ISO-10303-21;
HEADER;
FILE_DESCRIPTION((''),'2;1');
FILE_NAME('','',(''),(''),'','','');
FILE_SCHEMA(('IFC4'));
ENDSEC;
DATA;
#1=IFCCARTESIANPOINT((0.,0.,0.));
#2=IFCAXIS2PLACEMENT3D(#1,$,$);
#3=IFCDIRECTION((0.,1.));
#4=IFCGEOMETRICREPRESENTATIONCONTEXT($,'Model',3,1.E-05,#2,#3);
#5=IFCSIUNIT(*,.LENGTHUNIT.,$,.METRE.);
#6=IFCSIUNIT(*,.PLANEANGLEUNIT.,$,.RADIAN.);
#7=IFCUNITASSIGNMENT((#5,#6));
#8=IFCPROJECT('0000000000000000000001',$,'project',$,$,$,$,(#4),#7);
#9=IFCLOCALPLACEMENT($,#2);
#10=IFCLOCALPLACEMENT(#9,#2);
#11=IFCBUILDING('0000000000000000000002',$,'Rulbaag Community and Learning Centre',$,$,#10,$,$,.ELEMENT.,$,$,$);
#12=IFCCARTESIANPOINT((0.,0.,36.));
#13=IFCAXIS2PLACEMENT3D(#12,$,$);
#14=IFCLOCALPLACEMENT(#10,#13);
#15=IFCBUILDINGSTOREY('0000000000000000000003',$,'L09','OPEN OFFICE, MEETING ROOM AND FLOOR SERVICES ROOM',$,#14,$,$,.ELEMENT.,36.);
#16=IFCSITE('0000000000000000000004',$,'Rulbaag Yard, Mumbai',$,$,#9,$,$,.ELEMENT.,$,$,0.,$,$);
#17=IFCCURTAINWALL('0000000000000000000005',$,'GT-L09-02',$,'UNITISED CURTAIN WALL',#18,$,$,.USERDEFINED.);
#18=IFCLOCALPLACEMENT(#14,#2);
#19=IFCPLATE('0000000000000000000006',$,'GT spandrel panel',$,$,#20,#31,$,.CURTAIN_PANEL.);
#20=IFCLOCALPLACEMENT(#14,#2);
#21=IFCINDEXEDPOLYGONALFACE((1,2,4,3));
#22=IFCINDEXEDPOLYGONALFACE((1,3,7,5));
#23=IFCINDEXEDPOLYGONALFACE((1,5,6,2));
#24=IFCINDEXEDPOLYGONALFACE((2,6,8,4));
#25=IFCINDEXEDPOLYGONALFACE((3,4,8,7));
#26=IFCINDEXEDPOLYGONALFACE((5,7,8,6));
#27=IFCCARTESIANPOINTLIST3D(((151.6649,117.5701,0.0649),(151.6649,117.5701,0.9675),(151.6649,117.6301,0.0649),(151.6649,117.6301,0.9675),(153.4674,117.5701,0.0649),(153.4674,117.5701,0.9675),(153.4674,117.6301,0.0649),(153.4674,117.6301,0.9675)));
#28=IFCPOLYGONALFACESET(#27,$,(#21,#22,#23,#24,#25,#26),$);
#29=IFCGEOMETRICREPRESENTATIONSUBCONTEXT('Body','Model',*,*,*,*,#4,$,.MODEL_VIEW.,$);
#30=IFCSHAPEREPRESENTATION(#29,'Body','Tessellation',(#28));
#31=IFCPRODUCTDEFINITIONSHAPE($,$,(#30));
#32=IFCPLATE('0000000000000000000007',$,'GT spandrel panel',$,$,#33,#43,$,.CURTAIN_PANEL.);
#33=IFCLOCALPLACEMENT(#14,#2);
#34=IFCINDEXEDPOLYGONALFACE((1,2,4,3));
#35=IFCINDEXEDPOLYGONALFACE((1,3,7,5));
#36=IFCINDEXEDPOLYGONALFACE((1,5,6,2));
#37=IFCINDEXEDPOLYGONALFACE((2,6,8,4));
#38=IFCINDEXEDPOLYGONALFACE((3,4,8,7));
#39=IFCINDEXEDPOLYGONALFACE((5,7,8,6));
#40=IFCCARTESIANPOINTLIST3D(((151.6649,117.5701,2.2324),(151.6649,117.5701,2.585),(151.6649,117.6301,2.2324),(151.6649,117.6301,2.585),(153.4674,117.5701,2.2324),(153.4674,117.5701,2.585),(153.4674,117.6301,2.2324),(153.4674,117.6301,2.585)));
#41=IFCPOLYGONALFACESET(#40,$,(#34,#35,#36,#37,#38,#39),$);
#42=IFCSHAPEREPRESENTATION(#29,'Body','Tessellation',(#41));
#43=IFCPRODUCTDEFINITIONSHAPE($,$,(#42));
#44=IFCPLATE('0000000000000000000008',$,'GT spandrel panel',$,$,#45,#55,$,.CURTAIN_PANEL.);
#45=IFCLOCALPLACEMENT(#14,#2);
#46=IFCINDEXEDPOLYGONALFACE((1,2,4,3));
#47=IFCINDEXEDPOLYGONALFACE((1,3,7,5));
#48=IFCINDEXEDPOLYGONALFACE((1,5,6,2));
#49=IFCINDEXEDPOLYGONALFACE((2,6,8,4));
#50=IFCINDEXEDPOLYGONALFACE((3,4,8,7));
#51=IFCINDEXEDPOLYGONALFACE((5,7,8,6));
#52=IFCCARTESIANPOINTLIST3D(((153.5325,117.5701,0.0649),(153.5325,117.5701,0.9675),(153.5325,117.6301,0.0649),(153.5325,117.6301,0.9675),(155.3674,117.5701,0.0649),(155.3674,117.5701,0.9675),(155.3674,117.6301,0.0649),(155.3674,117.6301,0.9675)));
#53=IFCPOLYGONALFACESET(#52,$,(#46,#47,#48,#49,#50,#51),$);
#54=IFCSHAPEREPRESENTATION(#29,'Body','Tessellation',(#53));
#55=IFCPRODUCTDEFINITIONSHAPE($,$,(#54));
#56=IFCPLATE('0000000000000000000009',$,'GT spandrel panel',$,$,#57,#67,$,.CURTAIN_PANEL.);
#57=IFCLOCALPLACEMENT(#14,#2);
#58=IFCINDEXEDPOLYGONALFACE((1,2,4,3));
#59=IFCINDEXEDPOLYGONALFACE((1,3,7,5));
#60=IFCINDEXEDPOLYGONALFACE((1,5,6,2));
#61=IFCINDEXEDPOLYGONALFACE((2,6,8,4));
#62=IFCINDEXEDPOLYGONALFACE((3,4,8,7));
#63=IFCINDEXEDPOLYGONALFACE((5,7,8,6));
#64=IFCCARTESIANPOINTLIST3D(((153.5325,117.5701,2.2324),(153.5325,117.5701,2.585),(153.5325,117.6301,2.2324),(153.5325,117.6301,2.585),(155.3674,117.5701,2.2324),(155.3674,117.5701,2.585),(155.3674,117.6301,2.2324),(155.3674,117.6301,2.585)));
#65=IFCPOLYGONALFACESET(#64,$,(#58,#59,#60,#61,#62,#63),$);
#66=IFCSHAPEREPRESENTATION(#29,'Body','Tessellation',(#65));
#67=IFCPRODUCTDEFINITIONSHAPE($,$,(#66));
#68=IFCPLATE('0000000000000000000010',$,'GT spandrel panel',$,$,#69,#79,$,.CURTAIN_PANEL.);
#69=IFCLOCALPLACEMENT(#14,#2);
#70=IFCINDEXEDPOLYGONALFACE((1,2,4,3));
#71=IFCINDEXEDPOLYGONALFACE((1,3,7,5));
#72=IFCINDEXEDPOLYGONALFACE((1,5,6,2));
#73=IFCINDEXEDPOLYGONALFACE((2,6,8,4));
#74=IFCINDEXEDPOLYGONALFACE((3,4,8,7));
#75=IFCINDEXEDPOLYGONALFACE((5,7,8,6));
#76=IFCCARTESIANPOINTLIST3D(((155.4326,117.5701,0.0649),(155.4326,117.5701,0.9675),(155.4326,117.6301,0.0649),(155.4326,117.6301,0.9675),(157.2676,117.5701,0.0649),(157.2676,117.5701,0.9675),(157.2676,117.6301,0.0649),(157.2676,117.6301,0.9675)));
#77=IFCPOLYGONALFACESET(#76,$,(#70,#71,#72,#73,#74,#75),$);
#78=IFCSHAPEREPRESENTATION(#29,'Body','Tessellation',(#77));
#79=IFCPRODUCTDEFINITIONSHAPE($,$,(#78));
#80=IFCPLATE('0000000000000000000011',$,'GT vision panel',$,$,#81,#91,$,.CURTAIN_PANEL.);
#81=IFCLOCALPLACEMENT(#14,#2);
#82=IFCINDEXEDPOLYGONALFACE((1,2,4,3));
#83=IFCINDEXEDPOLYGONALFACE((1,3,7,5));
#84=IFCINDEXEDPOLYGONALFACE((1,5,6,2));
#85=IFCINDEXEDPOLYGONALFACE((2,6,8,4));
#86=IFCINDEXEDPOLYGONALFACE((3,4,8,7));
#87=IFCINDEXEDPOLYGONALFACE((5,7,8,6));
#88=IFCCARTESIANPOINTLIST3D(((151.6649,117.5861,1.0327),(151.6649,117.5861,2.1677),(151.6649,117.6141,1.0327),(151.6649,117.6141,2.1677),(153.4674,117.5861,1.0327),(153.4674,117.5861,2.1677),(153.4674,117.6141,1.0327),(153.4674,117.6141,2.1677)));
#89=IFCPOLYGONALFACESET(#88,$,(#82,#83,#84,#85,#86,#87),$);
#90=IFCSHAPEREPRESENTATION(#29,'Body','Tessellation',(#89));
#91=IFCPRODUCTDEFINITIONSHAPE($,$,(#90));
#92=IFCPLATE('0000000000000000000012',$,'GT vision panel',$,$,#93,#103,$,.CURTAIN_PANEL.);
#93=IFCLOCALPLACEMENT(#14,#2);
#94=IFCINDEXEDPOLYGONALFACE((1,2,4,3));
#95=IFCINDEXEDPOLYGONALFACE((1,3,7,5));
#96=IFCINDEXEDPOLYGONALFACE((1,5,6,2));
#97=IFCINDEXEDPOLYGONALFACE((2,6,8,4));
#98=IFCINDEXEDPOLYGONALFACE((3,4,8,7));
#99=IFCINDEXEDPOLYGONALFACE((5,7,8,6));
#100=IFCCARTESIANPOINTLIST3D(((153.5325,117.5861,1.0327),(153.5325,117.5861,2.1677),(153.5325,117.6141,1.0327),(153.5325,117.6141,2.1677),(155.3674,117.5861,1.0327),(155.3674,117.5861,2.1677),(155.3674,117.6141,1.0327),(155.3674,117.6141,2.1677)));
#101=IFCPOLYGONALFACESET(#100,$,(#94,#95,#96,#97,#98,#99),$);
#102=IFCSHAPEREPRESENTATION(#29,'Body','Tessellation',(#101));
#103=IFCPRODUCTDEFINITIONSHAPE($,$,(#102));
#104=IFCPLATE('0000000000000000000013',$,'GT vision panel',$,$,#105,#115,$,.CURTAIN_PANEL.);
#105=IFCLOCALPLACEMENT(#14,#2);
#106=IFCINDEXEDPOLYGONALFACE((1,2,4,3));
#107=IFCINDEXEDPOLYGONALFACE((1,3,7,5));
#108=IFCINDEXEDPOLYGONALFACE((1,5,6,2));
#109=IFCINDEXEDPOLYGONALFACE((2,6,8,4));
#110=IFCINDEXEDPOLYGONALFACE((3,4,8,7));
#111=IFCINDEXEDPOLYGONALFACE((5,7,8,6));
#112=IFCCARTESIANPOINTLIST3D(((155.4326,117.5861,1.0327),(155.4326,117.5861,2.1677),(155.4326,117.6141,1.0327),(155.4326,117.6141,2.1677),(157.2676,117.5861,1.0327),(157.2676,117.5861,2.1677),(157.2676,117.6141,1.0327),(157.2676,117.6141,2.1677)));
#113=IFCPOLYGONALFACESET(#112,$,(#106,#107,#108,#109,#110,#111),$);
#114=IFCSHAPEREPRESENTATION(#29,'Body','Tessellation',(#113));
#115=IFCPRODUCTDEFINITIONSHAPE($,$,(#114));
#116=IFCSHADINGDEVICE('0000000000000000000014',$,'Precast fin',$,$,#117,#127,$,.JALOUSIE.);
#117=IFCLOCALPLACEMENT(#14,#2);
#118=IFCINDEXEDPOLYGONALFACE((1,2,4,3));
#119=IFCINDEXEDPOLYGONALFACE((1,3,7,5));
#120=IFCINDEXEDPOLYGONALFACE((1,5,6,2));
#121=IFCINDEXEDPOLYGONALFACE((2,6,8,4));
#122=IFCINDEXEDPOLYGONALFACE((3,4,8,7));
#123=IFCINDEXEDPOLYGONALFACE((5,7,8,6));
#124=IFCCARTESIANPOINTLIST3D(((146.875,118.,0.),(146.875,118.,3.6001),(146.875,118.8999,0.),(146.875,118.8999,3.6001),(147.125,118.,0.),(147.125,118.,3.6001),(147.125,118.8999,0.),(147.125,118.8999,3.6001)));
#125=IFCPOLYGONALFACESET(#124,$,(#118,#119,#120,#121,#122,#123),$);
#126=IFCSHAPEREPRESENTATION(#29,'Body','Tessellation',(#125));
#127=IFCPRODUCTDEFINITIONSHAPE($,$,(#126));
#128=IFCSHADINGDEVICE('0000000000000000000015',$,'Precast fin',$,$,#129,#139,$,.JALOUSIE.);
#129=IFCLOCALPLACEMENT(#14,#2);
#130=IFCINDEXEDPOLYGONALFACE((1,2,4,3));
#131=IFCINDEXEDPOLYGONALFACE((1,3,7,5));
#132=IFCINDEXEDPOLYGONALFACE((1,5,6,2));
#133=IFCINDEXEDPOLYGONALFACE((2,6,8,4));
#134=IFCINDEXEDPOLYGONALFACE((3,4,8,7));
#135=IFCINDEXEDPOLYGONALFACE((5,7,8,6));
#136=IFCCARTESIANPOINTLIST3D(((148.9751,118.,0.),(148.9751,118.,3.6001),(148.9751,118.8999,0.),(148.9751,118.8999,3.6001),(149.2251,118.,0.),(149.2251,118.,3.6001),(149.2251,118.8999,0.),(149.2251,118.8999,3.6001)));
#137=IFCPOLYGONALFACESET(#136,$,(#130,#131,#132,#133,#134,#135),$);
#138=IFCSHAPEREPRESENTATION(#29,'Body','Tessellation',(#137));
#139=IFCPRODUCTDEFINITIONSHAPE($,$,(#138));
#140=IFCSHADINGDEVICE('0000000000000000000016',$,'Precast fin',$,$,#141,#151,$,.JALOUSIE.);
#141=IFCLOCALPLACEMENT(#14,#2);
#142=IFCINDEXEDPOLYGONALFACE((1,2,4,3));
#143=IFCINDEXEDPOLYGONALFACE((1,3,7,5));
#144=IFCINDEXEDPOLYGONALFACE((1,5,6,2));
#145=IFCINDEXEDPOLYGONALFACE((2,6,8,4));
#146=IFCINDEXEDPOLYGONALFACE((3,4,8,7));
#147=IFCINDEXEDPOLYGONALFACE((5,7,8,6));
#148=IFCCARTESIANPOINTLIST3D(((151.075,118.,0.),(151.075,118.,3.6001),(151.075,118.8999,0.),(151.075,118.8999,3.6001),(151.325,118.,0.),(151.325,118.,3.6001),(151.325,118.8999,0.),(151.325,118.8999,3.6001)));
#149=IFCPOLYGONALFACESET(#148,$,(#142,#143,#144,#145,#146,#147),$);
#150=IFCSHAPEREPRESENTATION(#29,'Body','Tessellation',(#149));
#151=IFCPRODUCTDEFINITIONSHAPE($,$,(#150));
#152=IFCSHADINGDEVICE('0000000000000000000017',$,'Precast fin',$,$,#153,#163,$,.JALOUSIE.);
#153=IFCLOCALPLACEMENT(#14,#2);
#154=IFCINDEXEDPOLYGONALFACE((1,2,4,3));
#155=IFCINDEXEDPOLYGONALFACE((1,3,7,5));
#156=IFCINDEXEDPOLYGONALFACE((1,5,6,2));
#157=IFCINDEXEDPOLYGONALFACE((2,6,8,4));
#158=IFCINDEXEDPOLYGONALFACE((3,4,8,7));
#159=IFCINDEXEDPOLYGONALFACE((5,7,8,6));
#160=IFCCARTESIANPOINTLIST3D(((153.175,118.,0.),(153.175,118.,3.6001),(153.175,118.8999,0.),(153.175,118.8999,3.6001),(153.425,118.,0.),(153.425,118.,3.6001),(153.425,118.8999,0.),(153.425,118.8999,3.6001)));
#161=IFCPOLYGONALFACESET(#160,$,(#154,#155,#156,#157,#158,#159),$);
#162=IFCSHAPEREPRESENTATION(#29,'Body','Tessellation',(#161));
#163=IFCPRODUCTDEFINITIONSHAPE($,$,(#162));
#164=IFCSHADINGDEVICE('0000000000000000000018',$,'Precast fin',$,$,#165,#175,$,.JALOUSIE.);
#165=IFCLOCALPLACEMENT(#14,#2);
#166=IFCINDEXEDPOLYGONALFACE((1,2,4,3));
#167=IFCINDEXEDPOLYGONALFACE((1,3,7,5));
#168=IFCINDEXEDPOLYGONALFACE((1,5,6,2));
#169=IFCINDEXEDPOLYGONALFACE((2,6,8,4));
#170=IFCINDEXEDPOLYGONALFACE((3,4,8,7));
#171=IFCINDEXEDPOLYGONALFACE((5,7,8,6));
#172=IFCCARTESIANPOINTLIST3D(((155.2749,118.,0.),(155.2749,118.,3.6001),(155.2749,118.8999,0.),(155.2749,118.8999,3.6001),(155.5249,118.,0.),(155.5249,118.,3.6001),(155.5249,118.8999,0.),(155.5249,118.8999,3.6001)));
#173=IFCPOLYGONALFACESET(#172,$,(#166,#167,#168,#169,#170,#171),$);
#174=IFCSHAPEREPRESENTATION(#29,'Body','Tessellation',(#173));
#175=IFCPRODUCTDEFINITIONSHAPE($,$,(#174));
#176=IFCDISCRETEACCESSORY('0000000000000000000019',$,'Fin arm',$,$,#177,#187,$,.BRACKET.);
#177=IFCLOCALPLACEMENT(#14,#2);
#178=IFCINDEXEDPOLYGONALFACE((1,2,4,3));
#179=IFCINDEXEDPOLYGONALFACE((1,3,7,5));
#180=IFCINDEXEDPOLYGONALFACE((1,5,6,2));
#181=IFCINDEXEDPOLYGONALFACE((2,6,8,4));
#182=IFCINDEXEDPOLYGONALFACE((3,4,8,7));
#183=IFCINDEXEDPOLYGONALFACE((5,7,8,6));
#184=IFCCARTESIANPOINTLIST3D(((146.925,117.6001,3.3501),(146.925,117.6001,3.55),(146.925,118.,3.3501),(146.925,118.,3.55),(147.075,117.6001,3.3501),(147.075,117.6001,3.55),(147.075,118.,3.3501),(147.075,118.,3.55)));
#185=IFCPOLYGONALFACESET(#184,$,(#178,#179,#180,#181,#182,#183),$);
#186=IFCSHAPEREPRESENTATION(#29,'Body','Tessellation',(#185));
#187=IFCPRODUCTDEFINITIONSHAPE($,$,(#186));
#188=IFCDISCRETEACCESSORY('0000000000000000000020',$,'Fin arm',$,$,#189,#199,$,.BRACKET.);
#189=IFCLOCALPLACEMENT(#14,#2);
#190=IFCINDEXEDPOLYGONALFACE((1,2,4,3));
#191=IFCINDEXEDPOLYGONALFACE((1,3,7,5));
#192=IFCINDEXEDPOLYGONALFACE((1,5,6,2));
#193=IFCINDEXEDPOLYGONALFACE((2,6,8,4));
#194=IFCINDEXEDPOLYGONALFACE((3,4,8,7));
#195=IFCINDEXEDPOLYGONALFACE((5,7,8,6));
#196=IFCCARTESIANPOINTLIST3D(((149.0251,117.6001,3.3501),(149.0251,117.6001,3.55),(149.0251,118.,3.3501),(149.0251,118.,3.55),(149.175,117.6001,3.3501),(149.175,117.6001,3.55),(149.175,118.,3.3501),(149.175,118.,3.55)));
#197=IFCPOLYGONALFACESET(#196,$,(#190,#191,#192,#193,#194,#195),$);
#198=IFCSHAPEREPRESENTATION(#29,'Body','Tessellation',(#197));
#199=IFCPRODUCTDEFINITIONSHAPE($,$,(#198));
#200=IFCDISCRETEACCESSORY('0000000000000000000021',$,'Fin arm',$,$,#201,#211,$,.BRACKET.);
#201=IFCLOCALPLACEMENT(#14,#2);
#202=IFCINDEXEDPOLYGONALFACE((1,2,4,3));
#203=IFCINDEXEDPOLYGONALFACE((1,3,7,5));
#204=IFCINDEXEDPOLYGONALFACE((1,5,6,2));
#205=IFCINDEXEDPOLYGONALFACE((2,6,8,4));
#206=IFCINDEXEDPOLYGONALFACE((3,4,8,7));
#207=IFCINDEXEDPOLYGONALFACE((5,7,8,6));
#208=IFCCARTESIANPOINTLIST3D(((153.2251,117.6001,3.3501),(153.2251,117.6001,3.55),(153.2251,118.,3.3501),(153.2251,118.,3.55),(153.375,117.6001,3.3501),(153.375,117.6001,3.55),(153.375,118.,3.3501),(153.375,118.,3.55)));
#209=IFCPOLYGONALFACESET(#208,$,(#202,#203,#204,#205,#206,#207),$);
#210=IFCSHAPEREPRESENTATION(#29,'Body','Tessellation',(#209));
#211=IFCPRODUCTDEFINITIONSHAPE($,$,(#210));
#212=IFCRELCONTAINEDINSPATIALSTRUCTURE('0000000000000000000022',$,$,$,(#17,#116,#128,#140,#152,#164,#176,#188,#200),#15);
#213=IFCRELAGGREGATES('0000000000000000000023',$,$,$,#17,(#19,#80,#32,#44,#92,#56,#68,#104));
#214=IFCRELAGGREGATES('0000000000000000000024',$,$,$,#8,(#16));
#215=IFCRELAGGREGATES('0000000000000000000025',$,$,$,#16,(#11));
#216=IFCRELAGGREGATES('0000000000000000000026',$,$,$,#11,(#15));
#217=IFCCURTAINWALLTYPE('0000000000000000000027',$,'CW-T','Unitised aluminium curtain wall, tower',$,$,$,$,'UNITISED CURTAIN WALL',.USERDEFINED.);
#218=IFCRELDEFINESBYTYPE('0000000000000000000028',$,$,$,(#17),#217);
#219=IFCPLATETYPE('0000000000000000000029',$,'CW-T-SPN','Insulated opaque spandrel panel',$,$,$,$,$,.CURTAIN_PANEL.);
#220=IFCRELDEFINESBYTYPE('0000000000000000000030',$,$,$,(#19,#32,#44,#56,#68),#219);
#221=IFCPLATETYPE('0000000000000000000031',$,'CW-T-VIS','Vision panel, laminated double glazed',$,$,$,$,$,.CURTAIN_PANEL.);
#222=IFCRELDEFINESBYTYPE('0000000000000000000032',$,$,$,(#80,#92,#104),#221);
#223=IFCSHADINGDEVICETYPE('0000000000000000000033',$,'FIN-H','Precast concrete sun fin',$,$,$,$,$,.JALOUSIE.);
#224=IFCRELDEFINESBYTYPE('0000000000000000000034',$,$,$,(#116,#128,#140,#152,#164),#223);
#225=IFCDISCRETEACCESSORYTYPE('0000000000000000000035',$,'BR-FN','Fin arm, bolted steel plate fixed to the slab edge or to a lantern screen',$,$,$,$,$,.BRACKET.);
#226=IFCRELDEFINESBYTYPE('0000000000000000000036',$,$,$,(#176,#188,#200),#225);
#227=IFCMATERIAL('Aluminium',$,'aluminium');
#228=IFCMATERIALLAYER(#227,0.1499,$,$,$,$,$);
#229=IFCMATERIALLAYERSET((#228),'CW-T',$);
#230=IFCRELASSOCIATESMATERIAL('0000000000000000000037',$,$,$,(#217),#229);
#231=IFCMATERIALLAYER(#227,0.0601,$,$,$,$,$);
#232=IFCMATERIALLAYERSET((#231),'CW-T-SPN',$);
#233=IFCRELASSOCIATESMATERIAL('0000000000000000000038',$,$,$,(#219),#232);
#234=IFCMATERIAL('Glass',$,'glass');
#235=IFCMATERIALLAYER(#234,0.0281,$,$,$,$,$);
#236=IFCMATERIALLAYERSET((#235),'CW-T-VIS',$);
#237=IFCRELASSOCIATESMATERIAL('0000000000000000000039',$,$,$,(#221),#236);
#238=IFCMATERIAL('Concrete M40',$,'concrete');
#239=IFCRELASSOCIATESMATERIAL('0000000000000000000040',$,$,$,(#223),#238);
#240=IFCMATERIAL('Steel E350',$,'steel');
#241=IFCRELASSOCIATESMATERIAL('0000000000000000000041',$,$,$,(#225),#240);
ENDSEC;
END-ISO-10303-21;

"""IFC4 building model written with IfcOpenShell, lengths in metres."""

from ifc_helpers import new_model, si_unit, direction, frame, origin, origin_2d, place, context, subcontext, project, spatial, rectangle, extrude, material, layer, layer_set, material_profile, profile_set, type_object, element, aggregate, save


model = new_model("IFC4")

# Units and contexts
model_context = context("Model", 3, precision=1e-05, world=origin(), true_north=direction((0.0, 1.0)))
body_context = subcontext(model_context, "Body", "Model", "MODEL_VIEW")
ifc_project = project(units=[si_unit("LENGTHUNIT", "METRE"), si_unit("PLANEANGLEUNIT", "RADIAN")], contexts=[model_context])

# Site, building, storey
site_placement = place(None, origin())
site = spatial("IfcSite", under=ifc_project, at=site_placement, Name="Rulbaag Yard, Mumbai", CompositionType="ELEMENT", RefElevation=0.0)
building_placement = place(site_placement, origin())
building = spatial("IfcBuilding", under=site, at=building_placement, Name="Rulbaag Community and Learning Centre", CompositionType="ELEMENT")
storey_placement = place(building_placement, frame((0.0, 0.0, 36.0)))
storey = spatial("IfcBuildingStorey", under=building, at=storey_placement, Name="L09", Description="OPEN OFFICE, MEETING ROOM AND FLOOR SERVICES ROOM", CompositionType="ELEMENT", Elevation=36.0)

# Curtain wall, plates
ifc_material_1 = material(Name="Aluminium", Category="aluminium")
ifc_layer_1 = layer(ifc_material_1, 0.1499)
ifc_layer_set_1 = layer_set([ifc_layer_1], Name="CW-T")
curtain_wall_type = type_object("IfcCurtainWallType", Name="CW-T", Description="Unitised aluminium curtain wall, tower", ElementType="UNITISED CURTAIN WALL", PredefinedType="USERDEFINED", material=ifc_layer_set_1)
curtain_wall_placement = place(storey_placement, origin())
curtain_wall = element("IfcCurtainWall", 1, at=curtain_wall_placement, inside=storey, type_object=curtain_wall_type, Name="GT-L09-02", ObjectType="UNITISED CURTAIN WALL", PredefinedType="USERDEFINED")
ifc_layer_2 = layer(ifc_material_1, 0.0601)
ifc_layer_set_2 = layer_set([ifc_layer_2], Name="CW-T-SPN")
plate_type_1 = type_object("IfcPlateType", Name="CW-T-SPN", Description="Insulated opaque spandrel panel", PredefinedType="CURTAIN_PANEL", material=ifc_layer_set_2)
plate_1_placement = place(storey_placement, frame((152.5662, 117.6001, 0.0649), z_axis=(0.0, 0.0, 1.0), x_axis=(1.0, 0.0, 0.0)))
plate_1 = element("IfcPlate", 2, at=plate_1_placement, type_object=plate_type_1, Name="GT spandrel panel", PredefinedType="CURTAIN_PANEL", context=body_context, shape_type="SweptSolid", body=[
    extrude(rectangle(XDim=1.8025, YDim=0.0601, at=origin_2d()), origin(), (0.0, 0.0, 1.0), 0.9026),
])
plate_2_placement = place(storey_placement, frame((152.5662, 117.6001, 2.2324), z_axis=(0.0, 0.0, 1.0), x_axis=(1.0, 0.0, 0.0)))
plate_2 = element("IfcPlate", 3, at=plate_2_placement, type_object=plate_type_1, Name="GT spandrel panel", PredefinedType="CURTAIN_PANEL", context=body_context, shape_type="SweptSolid", body=[
    extrude(rectangle(XDim=1.8025, YDim=0.0601, at=origin_2d()), origin(), (0.0, 0.0, 1.0), 0.3525),
])
plate_3_placement = place(storey_placement, frame((154.45, 117.6001, 0.0649), z_axis=(0.0, 0.0, 1.0), x_axis=(1.0, 0.0, 0.0)))
plate_3 = element("IfcPlate", 4, at=plate_3_placement, type_object=plate_type_1, Name="GT spandrel panel", PredefinedType="CURTAIN_PANEL", context=body_context, shape_type="SweptSolid", body=[
    extrude(rectangle(XDim=1.835, YDim=0.0601, at=origin_2d()), origin(), (0.0, 0.0, 1.0), 0.9026),
])
plate_4_placement = place(storey_placement, frame((154.45, 117.6001, 2.2324), z_axis=(0.0, 0.0, 1.0), x_axis=(1.0, 0.0, 0.0)))
plate_4 = element("IfcPlate", 5, at=plate_4_placement, type_object=plate_type_1, Name="GT spandrel panel", PredefinedType="CURTAIN_PANEL", context=body_context, shape_type="SweptSolid", body=[
    extrude(rectangle(XDim=1.835, YDim=0.0601, at=origin_2d()), origin(), (0.0, 0.0, 1.0), 0.3525),
])
plate_5_placement = place(storey_placement, frame((156.3501, 117.6001, 0.0649), z_axis=(0.0, 0.0, 1.0), x_axis=(1.0, 0.0, 0.0)))
plate_5 = element("IfcPlate", 6, at=plate_5_placement, type_object=plate_type_1, Name="GT spandrel panel", PredefinedType="CURTAIN_PANEL", context=body_context, shape_type="SweptSolid", body=[
    extrude(rectangle(XDim=1.835, YDim=0.0601, at=origin_2d()), origin(), (0.0, 0.0, 1.0), 0.9026),
])
ifc_material_2 = material(Name="Glass", Category="glass")
ifc_layer_3 = layer(ifc_material_2, 0.0281)
ifc_layer_set_3 = layer_set([ifc_layer_3], Name="CW-T-VIS")
plate_type_2 = type_object("IfcPlateType", Name="CW-T-VIS", Description="Vision panel, laminated double glazed", PredefinedType="CURTAIN_PANEL", material=ifc_layer_set_3)
plate_6_placement = place(storey_placement, frame((152.5662, 117.6001, 1.0327), z_axis=(0.0, 0.0, 1.0), x_axis=(1.0, 0.0, 0.0)))
plate_6 = element("IfcPlate", 7, at=plate_6_placement, type_object=plate_type_2, Name="GT vision panel", PredefinedType="CURTAIN_PANEL", context=body_context, shape_type="SweptSolid", body=[
    extrude(rectangle(XDim=1.8025, YDim=0.0281, at=origin_2d()), origin(), (0.0, 0.0, 1.0), 1.135),
])
plate_7_placement = place(storey_placement, frame((154.45, 117.6001, 1.0327), z_axis=(0.0, 0.0, 1.0), x_axis=(1.0, 0.0, 0.0)))
plate_7 = element("IfcPlate", 8, at=plate_7_placement, type_object=plate_type_2, Name="GT vision panel", PredefinedType="CURTAIN_PANEL", context=body_context, shape_type="SweptSolid", body=[
    extrude(rectangle(XDim=1.835, YDim=0.0281, at=origin_2d()), origin(), (0.0, 0.0, 1.0), 1.135),
])
plate_8_placement = place(storey_placement, frame((156.3501, 117.6001, 1.0327), z_axis=(0.0, 0.0, 1.0), x_axis=(1.0, 0.0, 0.0)))
plate_8 = element("IfcPlate", 9, at=plate_8_placement, type_object=plate_type_2, Name="GT vision panel", PredefinedType="CURTAIN_PANEL", context=body_context, shape_type="SweptSolid", body=[
    extrude(rectangle(XDim=1.835, YDim=0.0281, at=origin_2d()), origin(), (0.0, 0.0, 1.0), 1.135),
])
aggregate(curtain_wall, [plate_1, plate_6, plate_2, plate_3, plate_7, plate_4, plate_5, plate_8])

# Shading devices
ifc_material_3 = material(Name="Concrete M40", Category="concrete")
ifc_material_profile_1 = material_profile(ifc_material_3, rectangle(XDim=0.25, YDim=0.8999, at=origin_2d()), Name="PC 250x900")
ifc_profile_set_1 = profile_set([ifc_material_profile_1], Name="Concrete M40")
shading_device_type = type_object("IfcShadingDeviceType", Name="FIN-H", Description="Precast concrete sun fin", PredefinedType="JALOUSIE", material=ifc_profile_set_1)
for number, where, z_axis, x_axis, name in (
    (10, (147.0, 118.45, 0.0), (0.0, 0.0, 1.0), (1.0, 0.0, 0.0), "Precast fin"),
    (11, (149.1001, 118.45, 0.0), (0.0, 0.0, 1.0), (1.0, 0.0, 0.0), "Precast fin"),
    (12, (151.2, 118.45, 0.0), (0.0, 0.0, 1.0), (1.0, 0.0, 0.0), "Precast fin"),
    (13, (153.3, 118.45, 0.0), (0.0, 0.0, 1.0), (1.0, 0.0, 0.0), "Precast fin"),
    (14, (155.3999, 118.45, 0.0), (0.0, 0.0, 1.0), (1.0, 0.0, 0.0), "Precast fin"),
):
    element("IfcShadingDevice", number, at=place(storey_placement, frame(where, z_axis=z_axis, x_axis=x_axis)), inside=storey, type_object=shading_device_type, Name=name, PredefinedType="JALOUSIE", context=body_context, shape_type="SweptSolid", body=[
        extrude(rectangle(XDim=0.25, YDim=0.8999, at=origin_2d()), origin(), (0.0, 0.0, 1.0), 3.6001),
    ])

# Discrete accessories
ifc_material_4 = material(Name="Steel E350", Category="steel")
discrete_accessory_type = type_object("IfcDiscreteAccessoryType", Name="BR-FN", Description="Fin arm, bolted steel plate fixed to the slab edge or to a lantern screen", PredefinedType="BRACKET", material=ifc_material_4)
for number, where, z_axis, x_axis, name in (
    (15, (147.0, 117.8, 3.3501), (0.0, 0.0, 1.0), (1.0, 0.0, 0.0), "Fin arm"),
    (16, (149.1001, 117.8, 3.3501), (0.0, 0.0, 1.0), (1.0, 0.0, 0.0), "Fin arm"),
    (17, (153.3, 117.8, 3.3501), (0.0, 0.0, 1.0), (1.0, 0.0, 0.0), "Fin arm"),
):
    element("IfcDiscreteAccessory", number, at=place(storey_placement, frame(where, z_axis=z_axis, x_axis=x_axis)), inside=storey, type_object=discrete_accessory_type, Name=name, PredefinedType="BRACKET", context=body_context, shape_type="SweptSolid", body=[
        extrude(rectangle(XDim=0.1499, YDim=0.3999, at=origin_2d()), origin(), (0.0, 0.0, 1.0), 0.2),
    ])

save(model, "model.ifc")
